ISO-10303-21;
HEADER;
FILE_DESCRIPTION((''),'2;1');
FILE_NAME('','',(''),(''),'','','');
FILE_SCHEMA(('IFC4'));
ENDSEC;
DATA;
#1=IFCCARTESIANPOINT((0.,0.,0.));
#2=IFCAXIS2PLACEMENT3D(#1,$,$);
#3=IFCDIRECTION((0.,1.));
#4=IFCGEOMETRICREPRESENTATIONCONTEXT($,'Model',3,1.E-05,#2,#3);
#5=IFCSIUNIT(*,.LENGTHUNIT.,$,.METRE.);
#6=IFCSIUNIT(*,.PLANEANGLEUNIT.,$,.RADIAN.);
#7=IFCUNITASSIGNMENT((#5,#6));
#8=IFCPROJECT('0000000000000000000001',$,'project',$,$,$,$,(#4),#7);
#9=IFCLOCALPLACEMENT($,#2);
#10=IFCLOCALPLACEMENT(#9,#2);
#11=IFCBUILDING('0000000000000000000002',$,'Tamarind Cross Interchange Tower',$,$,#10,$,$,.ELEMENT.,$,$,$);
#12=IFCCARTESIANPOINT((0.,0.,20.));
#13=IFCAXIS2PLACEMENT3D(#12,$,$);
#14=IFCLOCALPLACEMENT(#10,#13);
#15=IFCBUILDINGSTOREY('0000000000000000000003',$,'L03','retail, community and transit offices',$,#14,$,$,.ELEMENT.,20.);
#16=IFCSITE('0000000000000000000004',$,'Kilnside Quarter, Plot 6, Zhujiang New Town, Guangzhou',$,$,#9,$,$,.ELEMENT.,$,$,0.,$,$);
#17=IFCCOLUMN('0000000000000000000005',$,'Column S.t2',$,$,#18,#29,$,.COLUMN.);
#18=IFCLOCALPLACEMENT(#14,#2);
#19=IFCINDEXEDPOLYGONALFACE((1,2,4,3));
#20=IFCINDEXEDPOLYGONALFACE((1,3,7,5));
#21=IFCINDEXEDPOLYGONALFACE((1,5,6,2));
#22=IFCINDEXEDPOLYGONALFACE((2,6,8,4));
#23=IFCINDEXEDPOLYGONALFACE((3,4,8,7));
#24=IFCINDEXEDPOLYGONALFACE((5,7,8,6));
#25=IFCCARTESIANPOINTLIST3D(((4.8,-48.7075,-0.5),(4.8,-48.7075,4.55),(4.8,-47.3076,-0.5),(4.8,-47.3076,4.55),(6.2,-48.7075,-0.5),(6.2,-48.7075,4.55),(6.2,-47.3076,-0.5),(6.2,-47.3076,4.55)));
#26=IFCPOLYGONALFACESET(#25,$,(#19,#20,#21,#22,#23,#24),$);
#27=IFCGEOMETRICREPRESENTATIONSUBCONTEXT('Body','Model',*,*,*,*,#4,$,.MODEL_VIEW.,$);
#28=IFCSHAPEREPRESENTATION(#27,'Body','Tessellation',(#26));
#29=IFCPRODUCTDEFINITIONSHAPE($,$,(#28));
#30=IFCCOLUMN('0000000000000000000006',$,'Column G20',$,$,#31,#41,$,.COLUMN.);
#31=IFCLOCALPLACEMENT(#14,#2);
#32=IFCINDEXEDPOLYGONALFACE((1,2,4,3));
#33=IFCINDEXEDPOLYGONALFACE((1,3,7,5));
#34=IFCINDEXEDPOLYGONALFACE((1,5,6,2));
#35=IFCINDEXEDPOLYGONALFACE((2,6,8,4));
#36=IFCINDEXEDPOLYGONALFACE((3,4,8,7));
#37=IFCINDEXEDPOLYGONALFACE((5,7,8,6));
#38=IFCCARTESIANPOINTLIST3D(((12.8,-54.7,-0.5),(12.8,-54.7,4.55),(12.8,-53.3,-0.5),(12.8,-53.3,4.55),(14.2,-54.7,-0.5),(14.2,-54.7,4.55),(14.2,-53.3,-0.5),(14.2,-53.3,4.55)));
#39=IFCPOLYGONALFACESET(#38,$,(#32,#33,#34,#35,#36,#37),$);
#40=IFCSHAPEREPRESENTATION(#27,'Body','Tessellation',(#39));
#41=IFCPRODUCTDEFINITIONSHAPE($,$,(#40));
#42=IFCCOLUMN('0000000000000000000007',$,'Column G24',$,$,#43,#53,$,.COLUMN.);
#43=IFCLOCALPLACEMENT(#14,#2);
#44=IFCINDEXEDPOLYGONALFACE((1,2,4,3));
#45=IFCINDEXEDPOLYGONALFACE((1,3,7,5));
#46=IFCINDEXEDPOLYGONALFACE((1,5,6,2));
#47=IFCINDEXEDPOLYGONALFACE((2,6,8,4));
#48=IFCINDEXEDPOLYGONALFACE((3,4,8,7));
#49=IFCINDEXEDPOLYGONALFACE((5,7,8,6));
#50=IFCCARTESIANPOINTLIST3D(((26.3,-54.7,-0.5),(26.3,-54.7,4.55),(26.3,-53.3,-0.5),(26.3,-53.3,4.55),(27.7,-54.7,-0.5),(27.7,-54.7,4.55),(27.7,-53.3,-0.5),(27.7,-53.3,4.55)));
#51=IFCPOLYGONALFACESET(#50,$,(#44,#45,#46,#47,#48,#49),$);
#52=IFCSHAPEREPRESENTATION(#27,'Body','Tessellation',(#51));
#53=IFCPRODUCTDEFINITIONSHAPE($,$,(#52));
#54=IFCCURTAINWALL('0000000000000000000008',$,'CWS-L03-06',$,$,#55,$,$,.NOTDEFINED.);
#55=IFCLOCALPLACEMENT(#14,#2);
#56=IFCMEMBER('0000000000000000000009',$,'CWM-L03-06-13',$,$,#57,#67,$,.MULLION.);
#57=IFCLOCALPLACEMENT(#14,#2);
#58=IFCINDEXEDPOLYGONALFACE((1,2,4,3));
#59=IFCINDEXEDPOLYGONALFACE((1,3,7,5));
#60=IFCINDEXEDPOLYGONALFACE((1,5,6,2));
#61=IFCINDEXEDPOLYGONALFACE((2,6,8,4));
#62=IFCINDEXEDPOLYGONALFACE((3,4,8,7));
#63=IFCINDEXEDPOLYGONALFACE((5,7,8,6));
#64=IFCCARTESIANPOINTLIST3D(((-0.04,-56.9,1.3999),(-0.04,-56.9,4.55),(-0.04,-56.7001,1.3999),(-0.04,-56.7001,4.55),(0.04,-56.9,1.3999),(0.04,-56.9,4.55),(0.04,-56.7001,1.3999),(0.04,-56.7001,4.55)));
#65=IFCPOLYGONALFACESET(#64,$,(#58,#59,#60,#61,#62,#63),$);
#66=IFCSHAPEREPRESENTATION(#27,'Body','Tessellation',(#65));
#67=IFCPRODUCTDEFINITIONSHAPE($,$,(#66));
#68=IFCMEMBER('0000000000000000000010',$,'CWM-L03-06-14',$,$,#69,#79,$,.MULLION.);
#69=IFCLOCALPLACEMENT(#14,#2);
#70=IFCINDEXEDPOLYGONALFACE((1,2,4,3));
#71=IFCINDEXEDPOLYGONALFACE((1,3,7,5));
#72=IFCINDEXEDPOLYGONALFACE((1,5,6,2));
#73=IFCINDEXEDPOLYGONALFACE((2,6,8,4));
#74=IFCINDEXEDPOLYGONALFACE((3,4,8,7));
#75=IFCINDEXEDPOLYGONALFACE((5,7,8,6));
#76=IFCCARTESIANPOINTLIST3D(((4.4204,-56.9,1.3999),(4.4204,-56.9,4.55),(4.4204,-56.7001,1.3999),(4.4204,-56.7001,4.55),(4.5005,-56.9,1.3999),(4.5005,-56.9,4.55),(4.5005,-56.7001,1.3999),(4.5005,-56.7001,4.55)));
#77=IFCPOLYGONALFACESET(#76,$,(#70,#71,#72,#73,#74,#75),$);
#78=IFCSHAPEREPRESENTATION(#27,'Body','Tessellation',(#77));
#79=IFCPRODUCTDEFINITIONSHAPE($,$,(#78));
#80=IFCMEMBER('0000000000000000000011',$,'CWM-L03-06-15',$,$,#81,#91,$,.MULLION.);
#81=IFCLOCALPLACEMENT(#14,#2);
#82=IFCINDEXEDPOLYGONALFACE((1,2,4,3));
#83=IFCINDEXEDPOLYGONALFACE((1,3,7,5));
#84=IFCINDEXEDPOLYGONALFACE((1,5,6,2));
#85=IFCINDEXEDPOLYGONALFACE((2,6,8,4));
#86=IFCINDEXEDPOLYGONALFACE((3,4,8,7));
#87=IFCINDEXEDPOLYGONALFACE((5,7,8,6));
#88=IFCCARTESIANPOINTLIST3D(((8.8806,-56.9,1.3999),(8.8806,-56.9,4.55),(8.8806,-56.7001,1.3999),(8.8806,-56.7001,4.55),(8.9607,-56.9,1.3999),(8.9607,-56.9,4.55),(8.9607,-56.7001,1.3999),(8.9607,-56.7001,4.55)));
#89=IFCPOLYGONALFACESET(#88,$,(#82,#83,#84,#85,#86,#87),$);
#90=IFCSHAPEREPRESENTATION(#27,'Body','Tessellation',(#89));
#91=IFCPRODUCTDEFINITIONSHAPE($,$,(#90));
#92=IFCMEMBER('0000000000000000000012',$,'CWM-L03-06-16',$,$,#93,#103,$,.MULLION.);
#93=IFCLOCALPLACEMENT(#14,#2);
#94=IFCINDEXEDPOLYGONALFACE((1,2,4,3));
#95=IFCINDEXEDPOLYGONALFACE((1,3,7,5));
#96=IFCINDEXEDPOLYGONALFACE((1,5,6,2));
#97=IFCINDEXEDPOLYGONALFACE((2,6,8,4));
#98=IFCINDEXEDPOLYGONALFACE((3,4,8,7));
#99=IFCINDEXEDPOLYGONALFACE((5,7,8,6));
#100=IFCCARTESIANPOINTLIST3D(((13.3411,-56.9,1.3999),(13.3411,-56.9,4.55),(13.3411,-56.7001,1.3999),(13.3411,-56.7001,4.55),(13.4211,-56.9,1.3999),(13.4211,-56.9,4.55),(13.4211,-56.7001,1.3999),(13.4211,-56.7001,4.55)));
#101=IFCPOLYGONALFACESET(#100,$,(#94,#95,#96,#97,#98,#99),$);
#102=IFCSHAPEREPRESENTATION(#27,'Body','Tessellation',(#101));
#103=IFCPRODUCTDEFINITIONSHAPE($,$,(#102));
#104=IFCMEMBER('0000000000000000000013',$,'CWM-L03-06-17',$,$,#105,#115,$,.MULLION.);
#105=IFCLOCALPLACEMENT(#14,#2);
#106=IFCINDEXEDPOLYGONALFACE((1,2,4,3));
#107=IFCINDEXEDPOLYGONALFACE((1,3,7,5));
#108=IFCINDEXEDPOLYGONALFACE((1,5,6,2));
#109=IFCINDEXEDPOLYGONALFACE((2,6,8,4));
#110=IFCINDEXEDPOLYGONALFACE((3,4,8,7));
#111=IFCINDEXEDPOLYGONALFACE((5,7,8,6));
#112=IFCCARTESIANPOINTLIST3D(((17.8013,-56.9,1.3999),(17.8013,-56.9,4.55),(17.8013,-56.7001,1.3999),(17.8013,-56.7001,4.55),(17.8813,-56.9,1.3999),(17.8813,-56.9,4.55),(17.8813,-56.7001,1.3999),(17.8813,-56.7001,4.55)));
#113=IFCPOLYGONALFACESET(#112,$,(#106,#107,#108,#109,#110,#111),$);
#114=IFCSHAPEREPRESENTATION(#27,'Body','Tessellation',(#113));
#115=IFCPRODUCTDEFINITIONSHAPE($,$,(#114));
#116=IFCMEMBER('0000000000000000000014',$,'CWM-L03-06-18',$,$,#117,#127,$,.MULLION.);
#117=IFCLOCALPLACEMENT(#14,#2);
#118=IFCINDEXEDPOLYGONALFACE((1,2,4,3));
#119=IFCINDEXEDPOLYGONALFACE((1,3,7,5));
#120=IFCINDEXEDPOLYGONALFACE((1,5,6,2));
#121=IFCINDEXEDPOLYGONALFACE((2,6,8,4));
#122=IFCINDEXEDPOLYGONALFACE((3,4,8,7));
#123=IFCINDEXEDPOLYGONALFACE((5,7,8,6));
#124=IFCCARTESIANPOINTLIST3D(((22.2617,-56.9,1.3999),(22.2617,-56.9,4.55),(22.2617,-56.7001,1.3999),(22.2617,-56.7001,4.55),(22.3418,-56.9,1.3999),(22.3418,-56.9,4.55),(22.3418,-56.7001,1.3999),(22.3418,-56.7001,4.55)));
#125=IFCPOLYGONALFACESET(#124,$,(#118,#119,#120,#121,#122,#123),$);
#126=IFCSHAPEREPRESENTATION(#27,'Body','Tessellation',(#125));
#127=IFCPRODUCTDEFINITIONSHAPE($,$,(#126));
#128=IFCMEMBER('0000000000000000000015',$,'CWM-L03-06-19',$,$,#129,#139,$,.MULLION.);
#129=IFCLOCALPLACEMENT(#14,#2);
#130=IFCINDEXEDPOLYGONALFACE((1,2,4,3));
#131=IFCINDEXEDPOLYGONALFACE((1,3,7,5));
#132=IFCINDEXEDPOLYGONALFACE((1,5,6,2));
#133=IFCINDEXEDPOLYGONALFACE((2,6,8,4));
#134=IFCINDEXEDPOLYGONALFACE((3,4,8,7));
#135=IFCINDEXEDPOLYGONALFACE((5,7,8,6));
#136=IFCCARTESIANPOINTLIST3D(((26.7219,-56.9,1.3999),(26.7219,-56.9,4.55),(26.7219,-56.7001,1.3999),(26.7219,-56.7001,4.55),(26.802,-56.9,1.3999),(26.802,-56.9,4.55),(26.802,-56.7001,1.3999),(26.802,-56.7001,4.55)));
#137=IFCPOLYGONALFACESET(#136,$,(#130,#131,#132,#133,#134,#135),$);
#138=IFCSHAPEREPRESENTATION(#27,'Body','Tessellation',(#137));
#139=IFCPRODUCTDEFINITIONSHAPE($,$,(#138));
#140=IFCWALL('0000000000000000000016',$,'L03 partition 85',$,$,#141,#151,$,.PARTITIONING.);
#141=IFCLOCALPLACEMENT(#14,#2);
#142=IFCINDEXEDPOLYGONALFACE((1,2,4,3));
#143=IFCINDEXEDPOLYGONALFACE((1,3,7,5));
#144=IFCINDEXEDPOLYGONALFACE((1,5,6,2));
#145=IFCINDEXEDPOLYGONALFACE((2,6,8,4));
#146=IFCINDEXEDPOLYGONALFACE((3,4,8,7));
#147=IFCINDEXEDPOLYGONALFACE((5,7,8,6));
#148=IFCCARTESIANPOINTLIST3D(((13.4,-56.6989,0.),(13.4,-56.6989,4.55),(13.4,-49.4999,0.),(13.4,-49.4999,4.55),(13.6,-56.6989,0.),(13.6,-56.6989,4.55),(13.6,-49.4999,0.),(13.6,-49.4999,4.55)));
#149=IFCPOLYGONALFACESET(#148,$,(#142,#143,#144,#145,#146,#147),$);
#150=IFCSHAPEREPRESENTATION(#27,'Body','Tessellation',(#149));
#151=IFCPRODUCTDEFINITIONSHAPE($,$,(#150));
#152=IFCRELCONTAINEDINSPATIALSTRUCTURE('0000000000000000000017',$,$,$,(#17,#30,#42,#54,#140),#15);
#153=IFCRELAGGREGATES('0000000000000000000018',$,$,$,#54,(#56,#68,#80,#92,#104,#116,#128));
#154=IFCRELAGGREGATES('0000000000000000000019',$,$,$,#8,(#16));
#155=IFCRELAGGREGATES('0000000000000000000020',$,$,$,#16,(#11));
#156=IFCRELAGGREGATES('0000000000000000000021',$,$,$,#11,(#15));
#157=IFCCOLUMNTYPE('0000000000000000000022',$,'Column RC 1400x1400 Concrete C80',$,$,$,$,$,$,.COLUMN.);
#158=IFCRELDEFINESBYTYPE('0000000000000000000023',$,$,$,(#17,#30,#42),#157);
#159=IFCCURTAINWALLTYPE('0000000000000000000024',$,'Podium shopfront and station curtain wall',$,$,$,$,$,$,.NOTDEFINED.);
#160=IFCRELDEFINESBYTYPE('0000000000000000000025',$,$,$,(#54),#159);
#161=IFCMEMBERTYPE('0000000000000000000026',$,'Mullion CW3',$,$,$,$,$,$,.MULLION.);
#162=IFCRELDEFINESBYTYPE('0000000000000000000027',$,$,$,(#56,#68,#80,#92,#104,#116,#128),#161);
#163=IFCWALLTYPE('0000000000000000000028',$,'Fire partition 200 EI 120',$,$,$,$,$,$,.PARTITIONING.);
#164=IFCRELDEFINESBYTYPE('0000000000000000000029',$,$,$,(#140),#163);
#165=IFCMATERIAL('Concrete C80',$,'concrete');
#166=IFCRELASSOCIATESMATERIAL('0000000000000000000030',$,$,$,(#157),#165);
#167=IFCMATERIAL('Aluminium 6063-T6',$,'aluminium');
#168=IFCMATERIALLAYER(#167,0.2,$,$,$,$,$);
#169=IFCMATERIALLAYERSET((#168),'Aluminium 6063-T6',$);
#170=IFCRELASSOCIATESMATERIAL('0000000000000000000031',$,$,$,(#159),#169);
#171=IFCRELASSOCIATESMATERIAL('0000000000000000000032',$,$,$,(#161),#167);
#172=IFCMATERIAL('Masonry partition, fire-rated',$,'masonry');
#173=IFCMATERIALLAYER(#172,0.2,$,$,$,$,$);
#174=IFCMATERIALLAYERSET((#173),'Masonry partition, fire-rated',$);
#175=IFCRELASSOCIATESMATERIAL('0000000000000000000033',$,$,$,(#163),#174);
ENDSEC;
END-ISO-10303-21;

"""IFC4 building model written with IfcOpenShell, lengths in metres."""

from ifc_helpers import new_model, si_unit, direction, frame, frame_2d, origin, origin_2d, place, context, subcontext, project, spatial, rectangle, extrude, material, layer, layer_set, material_profile, profile_set, type_object, element, aggregate, save


model = new_model("IFC4")

# Units and contexts
model_context = context("Model", 3, precision=1e-05, world=origin(), true_north=direction((0.0, 1.0)))
body_context = subcontext(model_context, "Body", "Model", "MODEL_VIEW")
ifc_project = project(units=[si_unit("LENGTHUNIT", "METRE"), si_unit("PLANEANGLEUNIT", "RADIAN")], contexts=[model_context])

# Site, building, storey
site_placement = place(None, origin())
site = spatial("IfcSite", under=ifc_project, at=site_placement, Name="Kilnside Quarter, Plot 6, Zhujiang New Town, Guangzhou", CompositionType="ELEMENT", RefElevation=0.0)
building_placement = place(site_placement, origin())
building = spatial("IfcBuilding", under=site, at=building_placement, Name="Tamarind Cross Interchange Tower", CompositionType="ELEMENT")
storey_placement = place(building_placement, frame((0.0, 0.0, 20.0)))
storey = spatial("IfcBuildingStorey", under=building, at=storey_placement, Name="L03", Description="retail, community and transit offices", CompositionType="ELEMENT", Elevation=20.0)

# Columns
ifc_material_1 = material(Name="Concrete C80", Category="concrete")
ifc_material_profile_1 = material_profile(ifc_material_1, rectangle(XDim=1.3999, YDim=1.3999, at=origin_2d()), Name="RC 1400x1400")
ifc_profile_set_1 = profile_set([ifc_material_profile_1], Name="Concrete C80")
column_type = type_object("IfcColumnType", Name="Column RC 1400x1400 Concrete C80", PredefinedType="COLUMN", material=ifc_profile_set_1)
for number, where, z_axis, x_axis, name in (
    (1, (5.5, -48.0076, -0.5), (0.0, 0.0, 1.0), (1.0, 0.0, 0.0), "Column S.t2"),
    (2, (13.5, -54.0, -0.5), (0.0, 0.0, 1.0), (1.0, 0.0, 0.0), "Column G20"),
    (3, (27.0, -54.0, -0.5), (0.0, 0.0, 1.0), (1.0, 0.0, 0.0), "Column G24"),
):
    element("IfcColumn", number, at=place(storey_placement, frame(where, z_axis=z_axis, x_axis=x_axis)), inside=storey, type_object=column_type, Name=name, PredefinedType="COLUMN", context=body_context, shape_type="SweptSolid", body=[
        extrude(rectangle(XDim=1.3999, YDim=1.3999, at=origin_2d()), origin(), (0.0, 0.0, 1.0), 5.05),
    ])

# Curtain wall, members
ifc_material_2 = material(Name="Aluminium 6063-T6", Category="aluminium")
ifc_layer_1 = layer(ifc_material_2, 0.2)
ifc_layer_set_1 = layer_set([ifc_layer_1], Name="Aluminium 6063-T6")
curtain_wall_type = type_object("IfcCurtainWallType", Name="Podium shopfront and station curtain wall", PredefinedType="NOTDEFINED", material=ifc_layer_set_1)
curtain_wall_placement = place(storey_placement, origin())
curtain_wall = element("IfcCurtainWall", 4, at=curtain_wall_placement, inside=storey, type_object=curtain_wall_type, Name="CWS-L03-06", PredefinedType="NOTDEFINED")
ifc_material_profile_2 = material_profile(ifc_material_2, rectangle(XDim=0.0801, YDim=0.2, at=origin_2d()), Name="Mullion CW3")
ifc_profile_set_2 = profile_set([ifc_material_profile_2], Name="Aluminium 6063-T6")
member_type = type_object("IfcMemberType", Name="Mullion CW3", PredefinedType="MULLION", material=ifc_profile_set_2)
member_1_placement = place(storey_placement, frame((0.0, -56.8, 1.3999), z_axis=(0.0, 0.0, 1.0), x_axis=(1.0, 0.0, 0.0)))
member_1 = element("IfcMember", 5, at=member_1_placement, type_object=member_type, Name="CWM-L03-06-13", PredefinedType="MULLION", context=body_context, shape_type="SweptSolid", body=[
    extrude(rectangle(XDim=0.0801, YDim=0.2, at=origin_2d()), origin(), (0.0, 0.0, 1.0), 3.1501),
])
member_2_placement = place(storey_placement, frame((4.4604, -56.8, 1.3999), z_axis=(0.0, 0.0, 1.0), x_axis=(1.0, 0.0, 0.0)))
member_2 = element("IfcMember", 6, at=member_2_placement, type_object=member_type, Name="CWM-L03-06-14", PredefinedType="MULLION", context=body_context, shape_type="SweptSolid", body=[
    extrude(rectangle(XDim=0.0801, YDim=0.2, at=origin_2d()), origin(), (0.0, 0.0, 1.0), 3.1501),
])
member_3_placement = place(storey_placement, frame((8.9207, -56.8, 1.3999), z_axis=(0.0, 0.0, 1.0), x_axis=(1.0, 0.0, 0.0)))
member_3 = element("IfcMember", 7, at=member_3_placement, type_object=member_type, Name="CWM-L03-06-15", PredefinedType="MULLION", context=body_context, shape_type="SweptSolid", body=[
    extrude(rectangle(XDim=0.0801, YDim=0.2, at=origin_2d()), origin(), (0.0, 0.0, 1.0), 3.1501),
])
member_4_placement = place(storey_placement, frame((13.3811, -56.8, 1.3999), z_axis=(0.0, 0.0, 1.0), x_axis=(1.0, 0.0, 0.0)))
member_4 = element("IfcMember", 8, at=member_4_placement, type_object=member_type, Name="CWM-L03-06-16", PredefinedType="MULLION", context=body_context, shape_type="SweptSolid", body=[
    extrude(rectangle(XDim=0.0801, YDim=0.2, at=origin_2d()), origin(), (0.0, 0.0, 1.0), 3.1501),
])
member_5_placement = place(storey_placement, frame((17.8413, -56.8, 1.3999), z_axis=(0.0, 0.0, 1.0), x_axis=(1.0, 0.0, 0.0)))
member_5 = element("IfcMember", 9, at=member_5_placement, type_object=member_type, Name="CWM-L03-06-17", PredefinedType="MULLION", context=body_context, shape_type="SweptSolid", body=[
    extrude(rectangle(XDim=0.0801, YDim=0.2, at=origin_2d()), origin(), (0.0, 0.0, 1.0), 3.1501),
])
member_6_placement = place(storey_placement, frame((22.3018, -56.8, 1.3999), z_axis=(0.0, 0.0, 1.0), x_axis=(1.0, 0.0, 0.0)))
member_6 = element("IfcMember", 10, at=member_6_placement, type_object=member_type, Name="CWM-L03-06-18", PredefinedType="MULLION", context=body_context, shape_type="SweptSolid", body=[
    extrude(rectangle(XDim=0.0801, YDim=0.2, at=origin_2d()), origin(), (0.0, 0.0, 1.0), 3.1501),
])
member_7_placement = place(storey_placement, frame((26.762, -56.8, 1.3999), z_axis=(0.0, 0.0, 1.0), x_axis=(1.0, 0.0, 0.0)))
member_7 = element("IfcMember", 11, at=member_7_placement, type_object=member_type, Name="CWM-L03-06-19", PredefinedType="MULLION", context=body_context, shape_type="SweptSolid", body=[
    extrude(rectangle(XDim=0.0801, YDim=0.2, at=origin_2d()), origin(), (0.0, 0.0, 1.0), 3.1501),
])
aggregate(curtain_wall, [member_1, member_2, member_3, member_4, member_5, member_6, member_7])

# Wall
ifc_material_3 = material(Name="Masonry partition, fire-rated", Category="masonry")
ifc_layer_2 = layer(ifc_material_3, 0.2)
ifc_layer_set_2 = layer_set([ifc_layer_2], Name="Masonry partition, fire-rated")
wall_type_1 = type_object("IfcWallType", Name="Fire partition 200 EI 120", PredefinedType="PARTITIONING", material=ifc_layer_set_2)
wall_1_placement = place(storey_placement, frame((13.5, -56.699, 0.0), z_axis=(0.0, 0.0, 1.0), x_axis=(0.0, 1.0, 0.0)))
element("IfcWall", 12, at=wall_1_placement, inside=storey, type_object=wall_type_1, Name="L03 partition 85", PredefinedType="PARTITIONING", context=body_context, shape_type="SweptSolid", body=[
    extrude(rectangle(XDim=7.199, YDim=0.2, at=frame_2d((3.5996, 0.0))), origin(), (0.0, 0.0, 1.0), 4.55),
])

save(model, "model.ifc")
